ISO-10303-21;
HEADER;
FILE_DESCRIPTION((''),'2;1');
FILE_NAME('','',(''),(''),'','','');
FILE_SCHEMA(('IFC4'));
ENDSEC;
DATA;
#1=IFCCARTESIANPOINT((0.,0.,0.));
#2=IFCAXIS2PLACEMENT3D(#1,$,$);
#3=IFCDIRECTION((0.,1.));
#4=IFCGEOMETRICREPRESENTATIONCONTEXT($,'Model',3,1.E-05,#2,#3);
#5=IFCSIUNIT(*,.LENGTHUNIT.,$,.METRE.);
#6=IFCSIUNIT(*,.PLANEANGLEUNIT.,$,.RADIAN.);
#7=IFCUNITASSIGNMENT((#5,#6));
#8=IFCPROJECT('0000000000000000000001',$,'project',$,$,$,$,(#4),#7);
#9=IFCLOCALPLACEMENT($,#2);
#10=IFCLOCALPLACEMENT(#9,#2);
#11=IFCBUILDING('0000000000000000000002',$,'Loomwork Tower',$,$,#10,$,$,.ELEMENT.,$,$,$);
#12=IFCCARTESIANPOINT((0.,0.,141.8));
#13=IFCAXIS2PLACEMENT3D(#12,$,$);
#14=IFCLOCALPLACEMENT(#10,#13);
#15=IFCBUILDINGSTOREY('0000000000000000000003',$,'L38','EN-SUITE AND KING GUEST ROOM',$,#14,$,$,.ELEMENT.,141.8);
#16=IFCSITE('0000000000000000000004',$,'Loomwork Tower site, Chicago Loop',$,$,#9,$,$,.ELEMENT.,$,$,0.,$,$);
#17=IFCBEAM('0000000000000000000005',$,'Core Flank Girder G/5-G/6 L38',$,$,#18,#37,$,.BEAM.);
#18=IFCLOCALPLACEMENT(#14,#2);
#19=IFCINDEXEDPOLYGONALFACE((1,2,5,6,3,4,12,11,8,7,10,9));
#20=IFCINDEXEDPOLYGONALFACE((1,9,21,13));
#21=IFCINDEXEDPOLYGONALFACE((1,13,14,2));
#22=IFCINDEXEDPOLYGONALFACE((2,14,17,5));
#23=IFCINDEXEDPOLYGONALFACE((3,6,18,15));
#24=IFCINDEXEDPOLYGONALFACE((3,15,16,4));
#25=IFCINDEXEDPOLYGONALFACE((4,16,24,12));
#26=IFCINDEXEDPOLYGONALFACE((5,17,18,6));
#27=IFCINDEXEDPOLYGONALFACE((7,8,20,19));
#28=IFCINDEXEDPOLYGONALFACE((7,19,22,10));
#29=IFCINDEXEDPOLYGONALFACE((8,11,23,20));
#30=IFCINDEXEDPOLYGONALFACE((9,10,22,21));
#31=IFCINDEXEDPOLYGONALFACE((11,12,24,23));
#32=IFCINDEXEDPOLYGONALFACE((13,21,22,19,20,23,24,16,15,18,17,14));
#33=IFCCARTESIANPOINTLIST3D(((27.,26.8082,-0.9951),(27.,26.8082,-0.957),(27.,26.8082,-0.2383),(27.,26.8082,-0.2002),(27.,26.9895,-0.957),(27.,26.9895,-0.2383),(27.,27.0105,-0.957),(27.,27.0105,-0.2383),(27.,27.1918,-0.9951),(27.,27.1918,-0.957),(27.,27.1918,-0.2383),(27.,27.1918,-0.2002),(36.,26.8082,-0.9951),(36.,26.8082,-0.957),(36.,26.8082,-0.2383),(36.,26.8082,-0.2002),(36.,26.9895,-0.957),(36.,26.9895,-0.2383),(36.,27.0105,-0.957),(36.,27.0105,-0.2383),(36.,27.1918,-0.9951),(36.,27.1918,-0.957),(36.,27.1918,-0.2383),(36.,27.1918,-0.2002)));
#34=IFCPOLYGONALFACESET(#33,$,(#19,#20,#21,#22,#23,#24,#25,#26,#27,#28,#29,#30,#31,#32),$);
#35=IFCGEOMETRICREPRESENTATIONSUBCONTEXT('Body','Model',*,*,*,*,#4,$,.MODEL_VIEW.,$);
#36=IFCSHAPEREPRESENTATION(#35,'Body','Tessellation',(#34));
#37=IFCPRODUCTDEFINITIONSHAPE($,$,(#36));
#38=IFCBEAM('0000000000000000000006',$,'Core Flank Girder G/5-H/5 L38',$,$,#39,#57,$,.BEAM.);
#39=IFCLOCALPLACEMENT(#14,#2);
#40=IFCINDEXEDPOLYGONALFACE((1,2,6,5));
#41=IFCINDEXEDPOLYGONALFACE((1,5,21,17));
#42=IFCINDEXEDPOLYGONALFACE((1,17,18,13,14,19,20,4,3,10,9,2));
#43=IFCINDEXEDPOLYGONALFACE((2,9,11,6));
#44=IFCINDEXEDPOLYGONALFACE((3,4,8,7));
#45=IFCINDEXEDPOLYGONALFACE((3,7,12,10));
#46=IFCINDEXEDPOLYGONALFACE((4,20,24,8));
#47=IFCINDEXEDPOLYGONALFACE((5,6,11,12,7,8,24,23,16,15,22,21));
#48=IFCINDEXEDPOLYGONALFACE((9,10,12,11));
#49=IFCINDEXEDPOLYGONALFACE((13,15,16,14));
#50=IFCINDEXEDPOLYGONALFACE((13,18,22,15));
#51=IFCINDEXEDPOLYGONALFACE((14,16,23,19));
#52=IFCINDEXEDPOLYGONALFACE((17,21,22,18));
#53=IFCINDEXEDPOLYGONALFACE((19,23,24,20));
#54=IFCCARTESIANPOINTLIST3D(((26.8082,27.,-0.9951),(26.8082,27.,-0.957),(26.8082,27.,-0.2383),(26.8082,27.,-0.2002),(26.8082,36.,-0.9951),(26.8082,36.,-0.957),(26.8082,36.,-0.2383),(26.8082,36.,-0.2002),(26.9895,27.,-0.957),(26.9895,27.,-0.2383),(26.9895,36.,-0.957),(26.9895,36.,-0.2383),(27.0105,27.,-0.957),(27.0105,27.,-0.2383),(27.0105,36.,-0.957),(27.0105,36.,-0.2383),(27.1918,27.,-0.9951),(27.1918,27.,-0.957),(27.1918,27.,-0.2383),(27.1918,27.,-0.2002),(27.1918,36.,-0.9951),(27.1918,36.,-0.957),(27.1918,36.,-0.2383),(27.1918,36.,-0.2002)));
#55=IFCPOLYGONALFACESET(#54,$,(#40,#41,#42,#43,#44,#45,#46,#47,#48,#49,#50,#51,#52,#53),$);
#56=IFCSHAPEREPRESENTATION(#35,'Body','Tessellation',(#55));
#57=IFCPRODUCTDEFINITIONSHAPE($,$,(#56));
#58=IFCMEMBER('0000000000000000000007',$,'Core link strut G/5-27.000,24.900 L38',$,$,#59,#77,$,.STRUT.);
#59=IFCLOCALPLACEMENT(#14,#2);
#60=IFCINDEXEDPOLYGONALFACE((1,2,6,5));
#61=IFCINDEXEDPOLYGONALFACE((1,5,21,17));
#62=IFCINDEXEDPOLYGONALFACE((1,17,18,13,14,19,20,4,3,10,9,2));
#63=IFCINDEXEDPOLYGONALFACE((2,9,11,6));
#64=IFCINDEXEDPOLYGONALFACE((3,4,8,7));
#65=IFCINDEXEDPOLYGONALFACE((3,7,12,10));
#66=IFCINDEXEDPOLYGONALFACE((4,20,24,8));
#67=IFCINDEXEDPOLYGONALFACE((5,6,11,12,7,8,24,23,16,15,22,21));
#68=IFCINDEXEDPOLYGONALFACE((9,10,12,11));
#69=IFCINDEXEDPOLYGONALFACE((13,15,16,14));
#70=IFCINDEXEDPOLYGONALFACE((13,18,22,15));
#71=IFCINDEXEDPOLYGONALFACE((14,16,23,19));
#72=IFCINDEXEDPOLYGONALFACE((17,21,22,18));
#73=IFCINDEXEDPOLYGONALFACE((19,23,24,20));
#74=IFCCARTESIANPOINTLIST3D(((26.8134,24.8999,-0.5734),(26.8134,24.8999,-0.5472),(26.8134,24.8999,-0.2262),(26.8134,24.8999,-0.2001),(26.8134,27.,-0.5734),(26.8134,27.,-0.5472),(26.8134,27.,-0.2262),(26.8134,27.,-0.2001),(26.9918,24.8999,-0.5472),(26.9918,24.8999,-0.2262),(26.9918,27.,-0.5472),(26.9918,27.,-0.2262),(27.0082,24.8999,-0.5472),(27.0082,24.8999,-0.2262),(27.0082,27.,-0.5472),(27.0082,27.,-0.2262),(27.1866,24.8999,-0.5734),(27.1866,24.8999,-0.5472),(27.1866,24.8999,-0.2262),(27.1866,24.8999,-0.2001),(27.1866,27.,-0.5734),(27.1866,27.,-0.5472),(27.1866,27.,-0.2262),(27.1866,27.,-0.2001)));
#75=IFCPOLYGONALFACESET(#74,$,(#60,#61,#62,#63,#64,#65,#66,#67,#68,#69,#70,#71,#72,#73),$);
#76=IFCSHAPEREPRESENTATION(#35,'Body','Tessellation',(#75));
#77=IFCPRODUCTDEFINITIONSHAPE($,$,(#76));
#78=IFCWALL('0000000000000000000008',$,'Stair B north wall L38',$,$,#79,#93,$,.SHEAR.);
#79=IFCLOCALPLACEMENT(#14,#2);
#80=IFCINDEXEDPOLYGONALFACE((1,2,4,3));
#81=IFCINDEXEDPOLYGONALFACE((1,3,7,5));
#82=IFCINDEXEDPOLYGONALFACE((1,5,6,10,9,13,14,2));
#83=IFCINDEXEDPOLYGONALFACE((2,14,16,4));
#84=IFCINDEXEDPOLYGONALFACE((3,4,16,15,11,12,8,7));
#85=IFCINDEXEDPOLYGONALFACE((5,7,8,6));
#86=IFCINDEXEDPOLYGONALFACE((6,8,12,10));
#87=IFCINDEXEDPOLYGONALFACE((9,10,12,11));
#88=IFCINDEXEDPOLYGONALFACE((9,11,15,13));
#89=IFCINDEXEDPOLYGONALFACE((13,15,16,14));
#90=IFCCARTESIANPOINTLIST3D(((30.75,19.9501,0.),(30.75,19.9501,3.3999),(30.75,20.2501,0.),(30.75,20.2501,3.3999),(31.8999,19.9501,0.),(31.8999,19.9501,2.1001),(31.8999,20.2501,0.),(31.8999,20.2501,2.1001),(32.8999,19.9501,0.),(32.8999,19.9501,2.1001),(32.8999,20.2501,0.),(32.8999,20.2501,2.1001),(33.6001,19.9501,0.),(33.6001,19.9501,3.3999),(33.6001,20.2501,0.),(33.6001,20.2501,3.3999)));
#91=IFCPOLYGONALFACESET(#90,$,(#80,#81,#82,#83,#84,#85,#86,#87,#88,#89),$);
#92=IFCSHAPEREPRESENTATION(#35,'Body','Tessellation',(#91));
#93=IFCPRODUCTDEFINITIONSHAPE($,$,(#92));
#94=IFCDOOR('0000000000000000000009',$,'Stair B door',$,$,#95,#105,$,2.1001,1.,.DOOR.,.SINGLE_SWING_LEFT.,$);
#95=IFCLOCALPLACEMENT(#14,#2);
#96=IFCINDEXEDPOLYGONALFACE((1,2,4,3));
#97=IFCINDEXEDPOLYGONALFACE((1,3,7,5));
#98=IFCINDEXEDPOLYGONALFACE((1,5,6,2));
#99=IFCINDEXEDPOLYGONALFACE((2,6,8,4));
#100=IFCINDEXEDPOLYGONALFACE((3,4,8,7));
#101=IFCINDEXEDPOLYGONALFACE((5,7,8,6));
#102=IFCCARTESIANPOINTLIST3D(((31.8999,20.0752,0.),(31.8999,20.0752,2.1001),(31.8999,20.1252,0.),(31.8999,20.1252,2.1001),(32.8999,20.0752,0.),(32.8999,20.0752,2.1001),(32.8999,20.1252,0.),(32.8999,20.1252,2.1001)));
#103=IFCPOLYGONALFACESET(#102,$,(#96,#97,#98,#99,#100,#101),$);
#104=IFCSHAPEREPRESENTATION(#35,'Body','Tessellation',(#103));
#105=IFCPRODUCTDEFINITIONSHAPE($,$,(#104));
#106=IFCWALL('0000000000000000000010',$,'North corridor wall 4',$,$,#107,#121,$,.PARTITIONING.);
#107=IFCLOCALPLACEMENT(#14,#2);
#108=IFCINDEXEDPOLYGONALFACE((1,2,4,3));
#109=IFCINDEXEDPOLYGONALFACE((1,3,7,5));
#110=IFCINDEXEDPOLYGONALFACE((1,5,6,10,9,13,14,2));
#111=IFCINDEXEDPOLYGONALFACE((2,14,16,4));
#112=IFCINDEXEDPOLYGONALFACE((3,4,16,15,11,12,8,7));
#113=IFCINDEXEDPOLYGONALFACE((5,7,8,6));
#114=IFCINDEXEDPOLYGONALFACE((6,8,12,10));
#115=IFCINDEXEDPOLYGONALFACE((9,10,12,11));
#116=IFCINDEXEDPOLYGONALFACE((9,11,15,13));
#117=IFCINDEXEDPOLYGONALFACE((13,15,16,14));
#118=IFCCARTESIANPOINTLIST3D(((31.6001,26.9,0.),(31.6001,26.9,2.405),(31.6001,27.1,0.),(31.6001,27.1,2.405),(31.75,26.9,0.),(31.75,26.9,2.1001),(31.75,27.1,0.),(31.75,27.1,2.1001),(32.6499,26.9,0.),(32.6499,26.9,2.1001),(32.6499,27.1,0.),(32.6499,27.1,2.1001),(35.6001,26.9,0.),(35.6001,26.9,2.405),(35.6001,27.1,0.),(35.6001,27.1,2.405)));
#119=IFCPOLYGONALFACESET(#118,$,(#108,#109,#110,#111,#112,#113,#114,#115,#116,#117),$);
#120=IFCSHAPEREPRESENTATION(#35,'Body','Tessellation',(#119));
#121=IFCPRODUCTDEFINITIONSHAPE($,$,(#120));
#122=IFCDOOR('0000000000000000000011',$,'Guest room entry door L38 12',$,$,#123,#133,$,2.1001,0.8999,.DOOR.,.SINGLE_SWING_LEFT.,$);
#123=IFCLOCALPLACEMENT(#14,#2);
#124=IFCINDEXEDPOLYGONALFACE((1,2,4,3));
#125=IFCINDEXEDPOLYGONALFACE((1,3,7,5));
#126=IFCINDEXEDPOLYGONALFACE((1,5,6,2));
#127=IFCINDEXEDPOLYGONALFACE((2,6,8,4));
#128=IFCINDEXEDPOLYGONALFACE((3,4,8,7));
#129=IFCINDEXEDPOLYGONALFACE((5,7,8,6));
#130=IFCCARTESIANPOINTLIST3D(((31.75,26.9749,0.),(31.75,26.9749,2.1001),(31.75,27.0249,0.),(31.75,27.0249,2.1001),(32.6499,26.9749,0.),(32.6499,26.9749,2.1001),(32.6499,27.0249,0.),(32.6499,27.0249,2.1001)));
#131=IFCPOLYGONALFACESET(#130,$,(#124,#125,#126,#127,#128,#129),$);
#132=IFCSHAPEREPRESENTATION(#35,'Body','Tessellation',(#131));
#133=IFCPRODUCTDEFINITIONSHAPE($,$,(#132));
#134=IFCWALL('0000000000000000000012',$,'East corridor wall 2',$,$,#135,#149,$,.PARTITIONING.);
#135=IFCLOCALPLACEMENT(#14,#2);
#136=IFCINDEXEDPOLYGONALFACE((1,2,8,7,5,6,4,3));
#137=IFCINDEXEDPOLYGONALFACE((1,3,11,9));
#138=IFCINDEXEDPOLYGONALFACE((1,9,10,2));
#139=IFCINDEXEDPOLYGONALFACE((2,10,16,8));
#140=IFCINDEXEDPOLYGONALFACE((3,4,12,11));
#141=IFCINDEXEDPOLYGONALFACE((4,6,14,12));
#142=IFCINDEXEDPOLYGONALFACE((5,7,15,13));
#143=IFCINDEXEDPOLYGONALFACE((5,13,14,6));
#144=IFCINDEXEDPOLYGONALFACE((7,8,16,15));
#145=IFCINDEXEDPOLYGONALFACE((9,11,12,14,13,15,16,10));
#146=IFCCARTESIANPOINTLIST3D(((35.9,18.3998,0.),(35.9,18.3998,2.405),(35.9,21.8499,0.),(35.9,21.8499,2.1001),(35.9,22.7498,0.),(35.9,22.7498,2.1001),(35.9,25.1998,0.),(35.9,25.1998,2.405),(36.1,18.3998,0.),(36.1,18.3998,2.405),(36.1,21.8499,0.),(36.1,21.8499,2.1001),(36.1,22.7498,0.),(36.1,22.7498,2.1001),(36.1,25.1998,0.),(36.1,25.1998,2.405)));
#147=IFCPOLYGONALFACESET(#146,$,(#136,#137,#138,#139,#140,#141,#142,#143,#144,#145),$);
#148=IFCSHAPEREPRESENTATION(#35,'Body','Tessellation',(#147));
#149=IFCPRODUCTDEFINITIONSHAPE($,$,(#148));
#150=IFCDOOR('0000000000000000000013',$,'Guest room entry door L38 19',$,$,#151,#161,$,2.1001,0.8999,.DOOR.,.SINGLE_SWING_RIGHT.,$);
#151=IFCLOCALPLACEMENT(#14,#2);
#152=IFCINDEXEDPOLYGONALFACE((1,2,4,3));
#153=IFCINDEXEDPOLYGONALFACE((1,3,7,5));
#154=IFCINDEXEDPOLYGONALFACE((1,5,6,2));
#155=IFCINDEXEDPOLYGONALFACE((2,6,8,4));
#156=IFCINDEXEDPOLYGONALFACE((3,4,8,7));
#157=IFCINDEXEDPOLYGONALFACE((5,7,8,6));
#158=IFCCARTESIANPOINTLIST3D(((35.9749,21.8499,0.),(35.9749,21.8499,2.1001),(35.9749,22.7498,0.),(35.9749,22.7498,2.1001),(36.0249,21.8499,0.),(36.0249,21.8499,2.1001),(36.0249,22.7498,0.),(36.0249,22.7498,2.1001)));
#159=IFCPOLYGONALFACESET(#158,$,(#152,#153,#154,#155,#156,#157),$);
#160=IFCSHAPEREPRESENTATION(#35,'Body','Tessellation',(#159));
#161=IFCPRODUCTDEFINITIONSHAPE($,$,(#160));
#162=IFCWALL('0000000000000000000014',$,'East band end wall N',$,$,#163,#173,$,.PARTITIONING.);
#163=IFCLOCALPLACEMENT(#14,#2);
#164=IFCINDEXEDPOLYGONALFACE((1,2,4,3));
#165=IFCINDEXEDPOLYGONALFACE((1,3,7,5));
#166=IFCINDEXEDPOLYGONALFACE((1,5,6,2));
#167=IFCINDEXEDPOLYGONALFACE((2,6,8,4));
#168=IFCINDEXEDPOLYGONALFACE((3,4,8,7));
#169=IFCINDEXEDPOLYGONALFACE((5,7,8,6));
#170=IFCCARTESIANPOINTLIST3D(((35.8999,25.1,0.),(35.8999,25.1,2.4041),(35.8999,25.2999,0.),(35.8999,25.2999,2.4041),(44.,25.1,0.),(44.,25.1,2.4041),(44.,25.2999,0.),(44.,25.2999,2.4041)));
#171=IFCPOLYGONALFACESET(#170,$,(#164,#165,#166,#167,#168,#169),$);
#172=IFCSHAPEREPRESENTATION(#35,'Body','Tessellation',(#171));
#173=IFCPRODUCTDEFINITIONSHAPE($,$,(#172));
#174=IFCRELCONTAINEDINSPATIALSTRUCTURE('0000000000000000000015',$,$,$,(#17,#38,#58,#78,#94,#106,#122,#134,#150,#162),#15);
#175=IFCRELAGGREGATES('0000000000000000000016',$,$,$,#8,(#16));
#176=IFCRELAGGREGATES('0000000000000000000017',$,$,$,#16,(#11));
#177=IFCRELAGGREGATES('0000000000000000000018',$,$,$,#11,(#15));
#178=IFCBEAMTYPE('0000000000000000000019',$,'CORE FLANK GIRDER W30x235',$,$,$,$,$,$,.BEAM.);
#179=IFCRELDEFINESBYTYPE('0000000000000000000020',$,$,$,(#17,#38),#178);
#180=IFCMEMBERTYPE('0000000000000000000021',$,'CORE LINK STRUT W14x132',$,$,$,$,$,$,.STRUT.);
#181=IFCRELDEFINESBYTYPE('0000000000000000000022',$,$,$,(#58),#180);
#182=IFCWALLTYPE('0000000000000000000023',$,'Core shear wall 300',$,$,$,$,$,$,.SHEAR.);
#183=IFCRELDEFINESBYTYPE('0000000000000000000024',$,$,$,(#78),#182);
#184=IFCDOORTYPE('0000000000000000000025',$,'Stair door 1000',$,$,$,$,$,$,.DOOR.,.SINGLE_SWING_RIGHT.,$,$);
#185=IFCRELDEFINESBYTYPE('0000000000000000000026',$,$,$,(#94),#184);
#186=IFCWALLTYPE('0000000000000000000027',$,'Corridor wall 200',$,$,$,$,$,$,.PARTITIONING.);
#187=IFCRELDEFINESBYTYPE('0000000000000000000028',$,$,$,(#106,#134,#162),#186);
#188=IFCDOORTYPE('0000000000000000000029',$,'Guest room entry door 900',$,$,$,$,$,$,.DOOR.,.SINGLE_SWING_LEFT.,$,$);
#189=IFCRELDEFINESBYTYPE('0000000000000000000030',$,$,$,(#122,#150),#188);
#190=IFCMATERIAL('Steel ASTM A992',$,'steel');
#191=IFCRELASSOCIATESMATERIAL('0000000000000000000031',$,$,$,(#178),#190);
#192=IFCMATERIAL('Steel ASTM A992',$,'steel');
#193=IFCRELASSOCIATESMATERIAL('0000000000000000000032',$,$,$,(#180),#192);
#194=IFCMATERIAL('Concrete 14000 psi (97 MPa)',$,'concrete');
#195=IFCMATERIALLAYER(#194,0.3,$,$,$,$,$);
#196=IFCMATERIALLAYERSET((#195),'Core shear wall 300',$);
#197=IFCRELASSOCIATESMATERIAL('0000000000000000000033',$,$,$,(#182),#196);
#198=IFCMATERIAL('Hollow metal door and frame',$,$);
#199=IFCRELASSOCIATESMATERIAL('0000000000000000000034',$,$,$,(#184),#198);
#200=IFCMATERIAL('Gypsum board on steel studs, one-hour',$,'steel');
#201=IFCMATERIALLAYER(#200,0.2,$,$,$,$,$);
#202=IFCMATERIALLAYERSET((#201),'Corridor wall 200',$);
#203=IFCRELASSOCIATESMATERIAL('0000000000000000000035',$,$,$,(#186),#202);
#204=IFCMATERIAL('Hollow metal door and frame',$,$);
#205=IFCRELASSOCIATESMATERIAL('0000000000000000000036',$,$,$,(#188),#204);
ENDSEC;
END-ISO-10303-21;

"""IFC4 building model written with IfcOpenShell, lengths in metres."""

from ifc_helpers import new_model, si_unit, direction, frame, frame_2d, origin, origin_2d, place, context, subcontext, project, spatial, rectangle, i_section, extrude, material, layer, layer_set, material_profile, profile_set, type_object, element, fill, save


model = new_model("IFC4")

# Units and contexts
model_context = context("Model", 3, precision=1e-05, world=origin(), true_north=direction((0.0, 1.0)))
body_context = subcontext(model_context, "Body", "Model", "MODEL_VIEW")
ifc_project = project(units=[si_unit("LENGTHUNIT", "METRE"), si_unit("PLANEANGLEUNIT", "RADIAN")], contexts=[model_context])

# Site, building, storey
site_placement = place(None, origin())
site = spatial("IfcSite", under=ifc_project, at=site_placement, Name="Loomwork Tower site, Chicago Loop", CompositionType="ELEMENT", RefElevation=0.0)
building_placement = place(site_placement, origin())
building = spatial("IfcBuilding", under=site, at=building_placement, Name="Loomwork Tower", CompositionType="ELEMENT")
storey_placement = place(building_placement, frame((0.0, 0.0, 141.8)))
storey = spatial("IfcBuildingStorey", under=building, at=storey_placement, Name="L38", Description="EN-SUITE AND KING GUEST ROOM", CompositionType="ELEMENT", Elevation=141.8)

# Beams
ifc_material_1 = material(Name="Steel ASTM A992", Category="steel")
ifc_material_profile_1 = material_profile(ifc_material_1, i_section(OverallWidth=0.3835, OverallDepth=0.7949, WebThickness=0.021, FlangeThickness=0.0381, at=origin_2d()), Name="W30x235")
ifc_profile_set_1 = profile_set([ifc_material_profile_1], Name="Steel ASTM A992")
beam_type = type_object("IfcBeamType", Name="CORE FLANK GIRDER W30x235", PredefinedType="BEAM", material=ifc_profile_set_1)
for number, where, z_axis, x_axis, name in (
    (1, (27.0, 27.0, -0.5977), (1.0, 0.0, 0.0), (0.0, 1.0, 0.0), "Core Flank Girder G/5-G/6 L38"),
    (2, (27.0, 27.0, -0.5977), (0.0, 1.0, 0.0), (-1.0, 0.0, 0.0), "Core Flank Girder G/5-H/5 L38"),
):
    element("IfcBeam", number, at=place(storey_placement, frame(where, z_axis=z_axis, x_axis=x_axis)), inside=storey, type_object=beam_type, Name=name, PredefinedType="BEAM", context=body_context, shape_type="SweptSolid", body=[
        extrude(i_section(OverallWidth=0.3835, OverallDepth=0.7949, WebThickness=0.021, FlangeThickness=0.0381, at=origin_2d()), origin(), (0.0, 0.0, 1.0), 9.0),
    ])

# Member
ifc_material_2 = material(Name="Steel ASTM A992", Category="steel")
ifc_material_profile_2 = material_profile(ifc_material_2, i_section(OverallWidth=0.3733, OverallDepth=0.3733, WebThickness=0.0164, FlangeThickness=0.0261, at=origin_2d()), Name="W14x132")
ifc_profile_set_2 = profile_set([ifc_material_profile_2], Name="Steel ASTM A992")
member_type = type_object("IfcMemberType", Name="CORE LINK STRUT W14x132", PredefinedType="STRUT", material=ifc_profile_set_2)
member_placement = place(storey_placement, frame((27.0, 27.0, -0.3867), z_axis=(0.0, -1.0, 0.0), x_axis=(1.0, 0.0, 0.0)))
element("IfcMember", 3, at=member_placement, inside=storey, type_object=member_type, Name="Core link strut G/5-27.000,24.900 L38", PredefinedType="STRUT", context=body_context, shape_type="SweptSolid", body=[
    extrude(i_section(OverallWidth=0.3733, OverallDepth=0.3733, WebThickness=0.0164, FlangeThickness=0.0261, at=origin_2d()), origin(), (0.0, 0.0, 1.0), 2.1001),
])

# Walls, openings, doors
ifc_material_3 = material(Name="Concrete 14000 psi (97 MPa)", Category="concrete")
ifc_layer_1 = layer(ifc_material_3, 0.3)
ifc_layer_set_1 = layer_set([ifc_layer_1], Name="Core shear wall 300")
wall_type_1 = type_object("IfcWallType", Name="Core shear wall 300", PredefinedType="SHEAR", material=ifc_layer_set_1)
wall_1_placement = place(storey_placement, frame((30.75, 20.1001, 0.0), z_axis=(0.0, 0.0, 1.0), x_axis=(1.0, 0.0, 0.0)))
wall_1 = element("IfcWall", 4, at=wall_1_placement, inside=storey, type_object=wall_type_1, Name="Stair B north wall L38", PredefinedType="SHEAR", context=body_context, shape_type="SweptSolid", body=[
    extrude(rectangle(XDim=2.8501, YDim=0.3, at=frame_2d((1.425, 0.0))), origin(), (0.0, 0.0, 1.0), 3.3999),
])
opening_1_placement = place(wall_1_placement, frame((1.1499, 0.0, 0.0)))
opening_1 = element("IfcOpeningElement", 5, at=opening_1_placement, cuts=wall_1, PredefinedType="OPENING", context=body_context, shape_type="SweptSolid", body=[
    extrude(rectangle(XDim=1.0, YDim=2.1001, at=frame_2d((0.5, 1.05))), frame((0.0, 0.1599, 0.0), z_axis=(0.0, -1.0, 0.0), x_axis=(1.0, 0.0, 0.0)), (0.0, 0.0, 1.0), 0.3201),
])
ifc_material_4 = material(Name="Hollow metal door and frame")
door_type_1 = type_object("IfcDoorType", Name="Stair door 1000", OperationType="SINGLE_SWING_RIGHT", PredefinedType="DOOR", material=ifc_material_4)
door_1_placement = place(opening_1_placement, frame((1.0, 0.0, 0.0), z_axis=(0.0, 0.0, 1.0), x_axis=(-1.0, 0.0, 0.0)))
door_1 = element("IfcDoor", 6, at=door_1_placement, inside=storey, type_object=door_type_1, Name="Stair B door", OperationType="SINGLE_SWING_LEFT", OverallHeight=2.1001, OverallWidth=1.0, PredefinedType="DOOR", context=body_context, shape_type="SweptSolid", body=[
    extrude(rectangle(XDim=1.0, YDim=2.1001, at=frame_2d((0.5, 1.05))), frame((0.0, 0.0249, 0.0), z_axis=(0.0, -1.0, 0.0), x_axis=(1.0, 0.0, 0.0)), (0.0, 0.0, 1.0), 0.05),
])
fill(opening_1, door_1)
ifc_material_5 = material(Name="Gypsum board on steel studs, one-hour", Category="steel")
ifc_layer_2 = layer(ifc_material_5, 0.2)
ifc_layer_set_2 = layer_set([ifc_layer_2], Name="Corridor wall 200")
wall_type_2 = type_object("IfcWallType", Name="Corridor wall 200", PredefinedType="PARTITIONING", material=ifc_layer_set_2)
wall_2_placement = place(storey_placement, frame((31.6001, 27.0, 0.0), z_axis=(0.0, 0.0, 1.0), x_axis=(1.0, 0.0, 0.0)))
wall_2 = element("IfcWall", 7, at=wall_2_placement, inside=storey, type_object=wall_type_2, Name="North corridor wall 4", PredefinedType="PARTITIONING", context=body_context, shape_type="SweptSolid", body=[
    extrude(rectangle(XDim=4.0, YDim=0.2, at=frame_2d((2.0, 0.0))), origin(), (0.0, 0.0, 1.0), 2.405),
])
opening_2_placement = place(wall_2_placement, frame((0.1499, 0.0, 0.0)))
opening_2 = element("IfcOpeningElement", 8, at=opening_2_placement, cuts=wall_2, PredefinedType="OPENING", context=body_context, shape_type="SweptSolid", body=[
    extrude(rectangle(XDim=0.8999, YDim=2.1001, at=frame_2d((0.45, 1.05))), frame((0.0, 0.1099, 0.0), z_axis=(0.0, -1.0, 0.0), x_axis=(1.0, 0.0, 0.0)), (0.0, 0.0, 1.0), 0.22),
])
ifc_material_6 = material(Name="Hollow metal door and frame")
door_type_2 = type_object("IfcDoorType", Name="Guest room entry door 900", OperationType="SINGLE_SWING_LEFT", PredefinedType="DOOR", material=ifc_material_6)
door_2_placement = place(opening_2_placement, origin())
door_2 = element("IfcDoor", 9, at=door_2_placement, inside=storey, type_object=door_type_2, Name="Guest room entry door L38 12", OperationType="SINGLE_SWING_LEFT", OverallHeight=2.1001, OverallWidth=0.8999, PredefinedType="DOOR", context=body_context, shape_type="SweptSolid", body=[
    extrude(rectangle(XDim=0.8999, YDim=2.1001, at=frame_2d((0.45, 1.05))), frame((0.0, 0.0249, 0.0), z_axis=(0.0, -1.0, 0.0), x_axis=(1.0, 0.0, 0.0)), (0.0, 0.0, 1.0), 0.05),
])
fill(opening_2, door_2)
wall_3_placement = place(storey_placement, frame((36.0, 18.3999, 0.0), z_axis=(0.0, 0.0, 1.0), x_axis=(0.0, 1.0, 0.0)))
wall_3 = element("IfcWall", 10, at=wall_3_placement, inside=storey, type_object=wall_type_2, Name="East corridor wall 2", PredefinedType="PARTITIONING", context=body_context, shape_type="SweptSolid", body=[
    extrude(rectangle(XDim=6.8, YDim=0.2, at=frame_2d((3.3999, 0.0))), origin(), (0.0, 0.0, 1.0), 2.405),
])
opening_3_placement = place(wall_3_placement, frame((3.45, 0.0, 0.0)))
opening_3 = element("IfcOpeningElement", 11, at=opening_3_placement, cuts=wall_3, PredefinedType="OPENING", context=body_context, shape_type="SweptSolid", body=[
    extrude(rectangle(XDim=0.8999, YDim=2.1001, at=frame_2d((0.45, 1.05))), frame((0.0, 0.1099, 0.0), z_axis=(0.0, -1.0, 0.0), x_axis=(1.0, 0.0, 0.0)), (0.0, 0.0, 1.0), 0.22),
])
door_3_placement = place(opening_3_placement, frame((0.8999, 0.0, 0.0), z_axis=(0.0, 0.0, 1.0), x_axis=(-1.0, 0.0, 0.0)))
door_3 = element("IfcDoor", 12, at=door_3_placement, inside=storey, type_object=door_type_2, Name="Guest room entry door L38 19", OperationType="SINGLE_SWING_RIGHT", OverallHeight=2.1001, OverallWidth=0.8999, PredefinedType="DOOR", context=body_context, shape_type="SweptSolid", body=[
    extrude(rectangle(XDim=0.8999, YDim=2.1001, at=frame_2d((0.45, 1.05))), frame((0.0, 0.0249, 0.0), z_axis=(0.0, -1.0, 0.0), x_axis=(1.0, 0.0, 0.0)), (0.0, 0.0, 1.0), 0.05),
])
fill(opening_3, door_3)

# Wall
wall_4_placement = place(storey_placement, frame((35.8999, 25.2, 0.0), z_axis=(0.0, 0.0, 1.0), x_axis=(1.0, 0.0, 0.0)))
element("IfcWall", 13, at=wall_4_placement, inside=storey, type_object=wall_type_2, Name="East band end wall N", PredefinedType="PARTITIONING", context=body_context, shape_type="SweptSolid", body=[
    extrude(rectangle(XDim=8.1001, YDim=0.2, at=frame_2d((4.05, 0.0))), origin(), (0.0, 0.0, 1.0), 2.4041),
])

save(model, "model.ifc")
